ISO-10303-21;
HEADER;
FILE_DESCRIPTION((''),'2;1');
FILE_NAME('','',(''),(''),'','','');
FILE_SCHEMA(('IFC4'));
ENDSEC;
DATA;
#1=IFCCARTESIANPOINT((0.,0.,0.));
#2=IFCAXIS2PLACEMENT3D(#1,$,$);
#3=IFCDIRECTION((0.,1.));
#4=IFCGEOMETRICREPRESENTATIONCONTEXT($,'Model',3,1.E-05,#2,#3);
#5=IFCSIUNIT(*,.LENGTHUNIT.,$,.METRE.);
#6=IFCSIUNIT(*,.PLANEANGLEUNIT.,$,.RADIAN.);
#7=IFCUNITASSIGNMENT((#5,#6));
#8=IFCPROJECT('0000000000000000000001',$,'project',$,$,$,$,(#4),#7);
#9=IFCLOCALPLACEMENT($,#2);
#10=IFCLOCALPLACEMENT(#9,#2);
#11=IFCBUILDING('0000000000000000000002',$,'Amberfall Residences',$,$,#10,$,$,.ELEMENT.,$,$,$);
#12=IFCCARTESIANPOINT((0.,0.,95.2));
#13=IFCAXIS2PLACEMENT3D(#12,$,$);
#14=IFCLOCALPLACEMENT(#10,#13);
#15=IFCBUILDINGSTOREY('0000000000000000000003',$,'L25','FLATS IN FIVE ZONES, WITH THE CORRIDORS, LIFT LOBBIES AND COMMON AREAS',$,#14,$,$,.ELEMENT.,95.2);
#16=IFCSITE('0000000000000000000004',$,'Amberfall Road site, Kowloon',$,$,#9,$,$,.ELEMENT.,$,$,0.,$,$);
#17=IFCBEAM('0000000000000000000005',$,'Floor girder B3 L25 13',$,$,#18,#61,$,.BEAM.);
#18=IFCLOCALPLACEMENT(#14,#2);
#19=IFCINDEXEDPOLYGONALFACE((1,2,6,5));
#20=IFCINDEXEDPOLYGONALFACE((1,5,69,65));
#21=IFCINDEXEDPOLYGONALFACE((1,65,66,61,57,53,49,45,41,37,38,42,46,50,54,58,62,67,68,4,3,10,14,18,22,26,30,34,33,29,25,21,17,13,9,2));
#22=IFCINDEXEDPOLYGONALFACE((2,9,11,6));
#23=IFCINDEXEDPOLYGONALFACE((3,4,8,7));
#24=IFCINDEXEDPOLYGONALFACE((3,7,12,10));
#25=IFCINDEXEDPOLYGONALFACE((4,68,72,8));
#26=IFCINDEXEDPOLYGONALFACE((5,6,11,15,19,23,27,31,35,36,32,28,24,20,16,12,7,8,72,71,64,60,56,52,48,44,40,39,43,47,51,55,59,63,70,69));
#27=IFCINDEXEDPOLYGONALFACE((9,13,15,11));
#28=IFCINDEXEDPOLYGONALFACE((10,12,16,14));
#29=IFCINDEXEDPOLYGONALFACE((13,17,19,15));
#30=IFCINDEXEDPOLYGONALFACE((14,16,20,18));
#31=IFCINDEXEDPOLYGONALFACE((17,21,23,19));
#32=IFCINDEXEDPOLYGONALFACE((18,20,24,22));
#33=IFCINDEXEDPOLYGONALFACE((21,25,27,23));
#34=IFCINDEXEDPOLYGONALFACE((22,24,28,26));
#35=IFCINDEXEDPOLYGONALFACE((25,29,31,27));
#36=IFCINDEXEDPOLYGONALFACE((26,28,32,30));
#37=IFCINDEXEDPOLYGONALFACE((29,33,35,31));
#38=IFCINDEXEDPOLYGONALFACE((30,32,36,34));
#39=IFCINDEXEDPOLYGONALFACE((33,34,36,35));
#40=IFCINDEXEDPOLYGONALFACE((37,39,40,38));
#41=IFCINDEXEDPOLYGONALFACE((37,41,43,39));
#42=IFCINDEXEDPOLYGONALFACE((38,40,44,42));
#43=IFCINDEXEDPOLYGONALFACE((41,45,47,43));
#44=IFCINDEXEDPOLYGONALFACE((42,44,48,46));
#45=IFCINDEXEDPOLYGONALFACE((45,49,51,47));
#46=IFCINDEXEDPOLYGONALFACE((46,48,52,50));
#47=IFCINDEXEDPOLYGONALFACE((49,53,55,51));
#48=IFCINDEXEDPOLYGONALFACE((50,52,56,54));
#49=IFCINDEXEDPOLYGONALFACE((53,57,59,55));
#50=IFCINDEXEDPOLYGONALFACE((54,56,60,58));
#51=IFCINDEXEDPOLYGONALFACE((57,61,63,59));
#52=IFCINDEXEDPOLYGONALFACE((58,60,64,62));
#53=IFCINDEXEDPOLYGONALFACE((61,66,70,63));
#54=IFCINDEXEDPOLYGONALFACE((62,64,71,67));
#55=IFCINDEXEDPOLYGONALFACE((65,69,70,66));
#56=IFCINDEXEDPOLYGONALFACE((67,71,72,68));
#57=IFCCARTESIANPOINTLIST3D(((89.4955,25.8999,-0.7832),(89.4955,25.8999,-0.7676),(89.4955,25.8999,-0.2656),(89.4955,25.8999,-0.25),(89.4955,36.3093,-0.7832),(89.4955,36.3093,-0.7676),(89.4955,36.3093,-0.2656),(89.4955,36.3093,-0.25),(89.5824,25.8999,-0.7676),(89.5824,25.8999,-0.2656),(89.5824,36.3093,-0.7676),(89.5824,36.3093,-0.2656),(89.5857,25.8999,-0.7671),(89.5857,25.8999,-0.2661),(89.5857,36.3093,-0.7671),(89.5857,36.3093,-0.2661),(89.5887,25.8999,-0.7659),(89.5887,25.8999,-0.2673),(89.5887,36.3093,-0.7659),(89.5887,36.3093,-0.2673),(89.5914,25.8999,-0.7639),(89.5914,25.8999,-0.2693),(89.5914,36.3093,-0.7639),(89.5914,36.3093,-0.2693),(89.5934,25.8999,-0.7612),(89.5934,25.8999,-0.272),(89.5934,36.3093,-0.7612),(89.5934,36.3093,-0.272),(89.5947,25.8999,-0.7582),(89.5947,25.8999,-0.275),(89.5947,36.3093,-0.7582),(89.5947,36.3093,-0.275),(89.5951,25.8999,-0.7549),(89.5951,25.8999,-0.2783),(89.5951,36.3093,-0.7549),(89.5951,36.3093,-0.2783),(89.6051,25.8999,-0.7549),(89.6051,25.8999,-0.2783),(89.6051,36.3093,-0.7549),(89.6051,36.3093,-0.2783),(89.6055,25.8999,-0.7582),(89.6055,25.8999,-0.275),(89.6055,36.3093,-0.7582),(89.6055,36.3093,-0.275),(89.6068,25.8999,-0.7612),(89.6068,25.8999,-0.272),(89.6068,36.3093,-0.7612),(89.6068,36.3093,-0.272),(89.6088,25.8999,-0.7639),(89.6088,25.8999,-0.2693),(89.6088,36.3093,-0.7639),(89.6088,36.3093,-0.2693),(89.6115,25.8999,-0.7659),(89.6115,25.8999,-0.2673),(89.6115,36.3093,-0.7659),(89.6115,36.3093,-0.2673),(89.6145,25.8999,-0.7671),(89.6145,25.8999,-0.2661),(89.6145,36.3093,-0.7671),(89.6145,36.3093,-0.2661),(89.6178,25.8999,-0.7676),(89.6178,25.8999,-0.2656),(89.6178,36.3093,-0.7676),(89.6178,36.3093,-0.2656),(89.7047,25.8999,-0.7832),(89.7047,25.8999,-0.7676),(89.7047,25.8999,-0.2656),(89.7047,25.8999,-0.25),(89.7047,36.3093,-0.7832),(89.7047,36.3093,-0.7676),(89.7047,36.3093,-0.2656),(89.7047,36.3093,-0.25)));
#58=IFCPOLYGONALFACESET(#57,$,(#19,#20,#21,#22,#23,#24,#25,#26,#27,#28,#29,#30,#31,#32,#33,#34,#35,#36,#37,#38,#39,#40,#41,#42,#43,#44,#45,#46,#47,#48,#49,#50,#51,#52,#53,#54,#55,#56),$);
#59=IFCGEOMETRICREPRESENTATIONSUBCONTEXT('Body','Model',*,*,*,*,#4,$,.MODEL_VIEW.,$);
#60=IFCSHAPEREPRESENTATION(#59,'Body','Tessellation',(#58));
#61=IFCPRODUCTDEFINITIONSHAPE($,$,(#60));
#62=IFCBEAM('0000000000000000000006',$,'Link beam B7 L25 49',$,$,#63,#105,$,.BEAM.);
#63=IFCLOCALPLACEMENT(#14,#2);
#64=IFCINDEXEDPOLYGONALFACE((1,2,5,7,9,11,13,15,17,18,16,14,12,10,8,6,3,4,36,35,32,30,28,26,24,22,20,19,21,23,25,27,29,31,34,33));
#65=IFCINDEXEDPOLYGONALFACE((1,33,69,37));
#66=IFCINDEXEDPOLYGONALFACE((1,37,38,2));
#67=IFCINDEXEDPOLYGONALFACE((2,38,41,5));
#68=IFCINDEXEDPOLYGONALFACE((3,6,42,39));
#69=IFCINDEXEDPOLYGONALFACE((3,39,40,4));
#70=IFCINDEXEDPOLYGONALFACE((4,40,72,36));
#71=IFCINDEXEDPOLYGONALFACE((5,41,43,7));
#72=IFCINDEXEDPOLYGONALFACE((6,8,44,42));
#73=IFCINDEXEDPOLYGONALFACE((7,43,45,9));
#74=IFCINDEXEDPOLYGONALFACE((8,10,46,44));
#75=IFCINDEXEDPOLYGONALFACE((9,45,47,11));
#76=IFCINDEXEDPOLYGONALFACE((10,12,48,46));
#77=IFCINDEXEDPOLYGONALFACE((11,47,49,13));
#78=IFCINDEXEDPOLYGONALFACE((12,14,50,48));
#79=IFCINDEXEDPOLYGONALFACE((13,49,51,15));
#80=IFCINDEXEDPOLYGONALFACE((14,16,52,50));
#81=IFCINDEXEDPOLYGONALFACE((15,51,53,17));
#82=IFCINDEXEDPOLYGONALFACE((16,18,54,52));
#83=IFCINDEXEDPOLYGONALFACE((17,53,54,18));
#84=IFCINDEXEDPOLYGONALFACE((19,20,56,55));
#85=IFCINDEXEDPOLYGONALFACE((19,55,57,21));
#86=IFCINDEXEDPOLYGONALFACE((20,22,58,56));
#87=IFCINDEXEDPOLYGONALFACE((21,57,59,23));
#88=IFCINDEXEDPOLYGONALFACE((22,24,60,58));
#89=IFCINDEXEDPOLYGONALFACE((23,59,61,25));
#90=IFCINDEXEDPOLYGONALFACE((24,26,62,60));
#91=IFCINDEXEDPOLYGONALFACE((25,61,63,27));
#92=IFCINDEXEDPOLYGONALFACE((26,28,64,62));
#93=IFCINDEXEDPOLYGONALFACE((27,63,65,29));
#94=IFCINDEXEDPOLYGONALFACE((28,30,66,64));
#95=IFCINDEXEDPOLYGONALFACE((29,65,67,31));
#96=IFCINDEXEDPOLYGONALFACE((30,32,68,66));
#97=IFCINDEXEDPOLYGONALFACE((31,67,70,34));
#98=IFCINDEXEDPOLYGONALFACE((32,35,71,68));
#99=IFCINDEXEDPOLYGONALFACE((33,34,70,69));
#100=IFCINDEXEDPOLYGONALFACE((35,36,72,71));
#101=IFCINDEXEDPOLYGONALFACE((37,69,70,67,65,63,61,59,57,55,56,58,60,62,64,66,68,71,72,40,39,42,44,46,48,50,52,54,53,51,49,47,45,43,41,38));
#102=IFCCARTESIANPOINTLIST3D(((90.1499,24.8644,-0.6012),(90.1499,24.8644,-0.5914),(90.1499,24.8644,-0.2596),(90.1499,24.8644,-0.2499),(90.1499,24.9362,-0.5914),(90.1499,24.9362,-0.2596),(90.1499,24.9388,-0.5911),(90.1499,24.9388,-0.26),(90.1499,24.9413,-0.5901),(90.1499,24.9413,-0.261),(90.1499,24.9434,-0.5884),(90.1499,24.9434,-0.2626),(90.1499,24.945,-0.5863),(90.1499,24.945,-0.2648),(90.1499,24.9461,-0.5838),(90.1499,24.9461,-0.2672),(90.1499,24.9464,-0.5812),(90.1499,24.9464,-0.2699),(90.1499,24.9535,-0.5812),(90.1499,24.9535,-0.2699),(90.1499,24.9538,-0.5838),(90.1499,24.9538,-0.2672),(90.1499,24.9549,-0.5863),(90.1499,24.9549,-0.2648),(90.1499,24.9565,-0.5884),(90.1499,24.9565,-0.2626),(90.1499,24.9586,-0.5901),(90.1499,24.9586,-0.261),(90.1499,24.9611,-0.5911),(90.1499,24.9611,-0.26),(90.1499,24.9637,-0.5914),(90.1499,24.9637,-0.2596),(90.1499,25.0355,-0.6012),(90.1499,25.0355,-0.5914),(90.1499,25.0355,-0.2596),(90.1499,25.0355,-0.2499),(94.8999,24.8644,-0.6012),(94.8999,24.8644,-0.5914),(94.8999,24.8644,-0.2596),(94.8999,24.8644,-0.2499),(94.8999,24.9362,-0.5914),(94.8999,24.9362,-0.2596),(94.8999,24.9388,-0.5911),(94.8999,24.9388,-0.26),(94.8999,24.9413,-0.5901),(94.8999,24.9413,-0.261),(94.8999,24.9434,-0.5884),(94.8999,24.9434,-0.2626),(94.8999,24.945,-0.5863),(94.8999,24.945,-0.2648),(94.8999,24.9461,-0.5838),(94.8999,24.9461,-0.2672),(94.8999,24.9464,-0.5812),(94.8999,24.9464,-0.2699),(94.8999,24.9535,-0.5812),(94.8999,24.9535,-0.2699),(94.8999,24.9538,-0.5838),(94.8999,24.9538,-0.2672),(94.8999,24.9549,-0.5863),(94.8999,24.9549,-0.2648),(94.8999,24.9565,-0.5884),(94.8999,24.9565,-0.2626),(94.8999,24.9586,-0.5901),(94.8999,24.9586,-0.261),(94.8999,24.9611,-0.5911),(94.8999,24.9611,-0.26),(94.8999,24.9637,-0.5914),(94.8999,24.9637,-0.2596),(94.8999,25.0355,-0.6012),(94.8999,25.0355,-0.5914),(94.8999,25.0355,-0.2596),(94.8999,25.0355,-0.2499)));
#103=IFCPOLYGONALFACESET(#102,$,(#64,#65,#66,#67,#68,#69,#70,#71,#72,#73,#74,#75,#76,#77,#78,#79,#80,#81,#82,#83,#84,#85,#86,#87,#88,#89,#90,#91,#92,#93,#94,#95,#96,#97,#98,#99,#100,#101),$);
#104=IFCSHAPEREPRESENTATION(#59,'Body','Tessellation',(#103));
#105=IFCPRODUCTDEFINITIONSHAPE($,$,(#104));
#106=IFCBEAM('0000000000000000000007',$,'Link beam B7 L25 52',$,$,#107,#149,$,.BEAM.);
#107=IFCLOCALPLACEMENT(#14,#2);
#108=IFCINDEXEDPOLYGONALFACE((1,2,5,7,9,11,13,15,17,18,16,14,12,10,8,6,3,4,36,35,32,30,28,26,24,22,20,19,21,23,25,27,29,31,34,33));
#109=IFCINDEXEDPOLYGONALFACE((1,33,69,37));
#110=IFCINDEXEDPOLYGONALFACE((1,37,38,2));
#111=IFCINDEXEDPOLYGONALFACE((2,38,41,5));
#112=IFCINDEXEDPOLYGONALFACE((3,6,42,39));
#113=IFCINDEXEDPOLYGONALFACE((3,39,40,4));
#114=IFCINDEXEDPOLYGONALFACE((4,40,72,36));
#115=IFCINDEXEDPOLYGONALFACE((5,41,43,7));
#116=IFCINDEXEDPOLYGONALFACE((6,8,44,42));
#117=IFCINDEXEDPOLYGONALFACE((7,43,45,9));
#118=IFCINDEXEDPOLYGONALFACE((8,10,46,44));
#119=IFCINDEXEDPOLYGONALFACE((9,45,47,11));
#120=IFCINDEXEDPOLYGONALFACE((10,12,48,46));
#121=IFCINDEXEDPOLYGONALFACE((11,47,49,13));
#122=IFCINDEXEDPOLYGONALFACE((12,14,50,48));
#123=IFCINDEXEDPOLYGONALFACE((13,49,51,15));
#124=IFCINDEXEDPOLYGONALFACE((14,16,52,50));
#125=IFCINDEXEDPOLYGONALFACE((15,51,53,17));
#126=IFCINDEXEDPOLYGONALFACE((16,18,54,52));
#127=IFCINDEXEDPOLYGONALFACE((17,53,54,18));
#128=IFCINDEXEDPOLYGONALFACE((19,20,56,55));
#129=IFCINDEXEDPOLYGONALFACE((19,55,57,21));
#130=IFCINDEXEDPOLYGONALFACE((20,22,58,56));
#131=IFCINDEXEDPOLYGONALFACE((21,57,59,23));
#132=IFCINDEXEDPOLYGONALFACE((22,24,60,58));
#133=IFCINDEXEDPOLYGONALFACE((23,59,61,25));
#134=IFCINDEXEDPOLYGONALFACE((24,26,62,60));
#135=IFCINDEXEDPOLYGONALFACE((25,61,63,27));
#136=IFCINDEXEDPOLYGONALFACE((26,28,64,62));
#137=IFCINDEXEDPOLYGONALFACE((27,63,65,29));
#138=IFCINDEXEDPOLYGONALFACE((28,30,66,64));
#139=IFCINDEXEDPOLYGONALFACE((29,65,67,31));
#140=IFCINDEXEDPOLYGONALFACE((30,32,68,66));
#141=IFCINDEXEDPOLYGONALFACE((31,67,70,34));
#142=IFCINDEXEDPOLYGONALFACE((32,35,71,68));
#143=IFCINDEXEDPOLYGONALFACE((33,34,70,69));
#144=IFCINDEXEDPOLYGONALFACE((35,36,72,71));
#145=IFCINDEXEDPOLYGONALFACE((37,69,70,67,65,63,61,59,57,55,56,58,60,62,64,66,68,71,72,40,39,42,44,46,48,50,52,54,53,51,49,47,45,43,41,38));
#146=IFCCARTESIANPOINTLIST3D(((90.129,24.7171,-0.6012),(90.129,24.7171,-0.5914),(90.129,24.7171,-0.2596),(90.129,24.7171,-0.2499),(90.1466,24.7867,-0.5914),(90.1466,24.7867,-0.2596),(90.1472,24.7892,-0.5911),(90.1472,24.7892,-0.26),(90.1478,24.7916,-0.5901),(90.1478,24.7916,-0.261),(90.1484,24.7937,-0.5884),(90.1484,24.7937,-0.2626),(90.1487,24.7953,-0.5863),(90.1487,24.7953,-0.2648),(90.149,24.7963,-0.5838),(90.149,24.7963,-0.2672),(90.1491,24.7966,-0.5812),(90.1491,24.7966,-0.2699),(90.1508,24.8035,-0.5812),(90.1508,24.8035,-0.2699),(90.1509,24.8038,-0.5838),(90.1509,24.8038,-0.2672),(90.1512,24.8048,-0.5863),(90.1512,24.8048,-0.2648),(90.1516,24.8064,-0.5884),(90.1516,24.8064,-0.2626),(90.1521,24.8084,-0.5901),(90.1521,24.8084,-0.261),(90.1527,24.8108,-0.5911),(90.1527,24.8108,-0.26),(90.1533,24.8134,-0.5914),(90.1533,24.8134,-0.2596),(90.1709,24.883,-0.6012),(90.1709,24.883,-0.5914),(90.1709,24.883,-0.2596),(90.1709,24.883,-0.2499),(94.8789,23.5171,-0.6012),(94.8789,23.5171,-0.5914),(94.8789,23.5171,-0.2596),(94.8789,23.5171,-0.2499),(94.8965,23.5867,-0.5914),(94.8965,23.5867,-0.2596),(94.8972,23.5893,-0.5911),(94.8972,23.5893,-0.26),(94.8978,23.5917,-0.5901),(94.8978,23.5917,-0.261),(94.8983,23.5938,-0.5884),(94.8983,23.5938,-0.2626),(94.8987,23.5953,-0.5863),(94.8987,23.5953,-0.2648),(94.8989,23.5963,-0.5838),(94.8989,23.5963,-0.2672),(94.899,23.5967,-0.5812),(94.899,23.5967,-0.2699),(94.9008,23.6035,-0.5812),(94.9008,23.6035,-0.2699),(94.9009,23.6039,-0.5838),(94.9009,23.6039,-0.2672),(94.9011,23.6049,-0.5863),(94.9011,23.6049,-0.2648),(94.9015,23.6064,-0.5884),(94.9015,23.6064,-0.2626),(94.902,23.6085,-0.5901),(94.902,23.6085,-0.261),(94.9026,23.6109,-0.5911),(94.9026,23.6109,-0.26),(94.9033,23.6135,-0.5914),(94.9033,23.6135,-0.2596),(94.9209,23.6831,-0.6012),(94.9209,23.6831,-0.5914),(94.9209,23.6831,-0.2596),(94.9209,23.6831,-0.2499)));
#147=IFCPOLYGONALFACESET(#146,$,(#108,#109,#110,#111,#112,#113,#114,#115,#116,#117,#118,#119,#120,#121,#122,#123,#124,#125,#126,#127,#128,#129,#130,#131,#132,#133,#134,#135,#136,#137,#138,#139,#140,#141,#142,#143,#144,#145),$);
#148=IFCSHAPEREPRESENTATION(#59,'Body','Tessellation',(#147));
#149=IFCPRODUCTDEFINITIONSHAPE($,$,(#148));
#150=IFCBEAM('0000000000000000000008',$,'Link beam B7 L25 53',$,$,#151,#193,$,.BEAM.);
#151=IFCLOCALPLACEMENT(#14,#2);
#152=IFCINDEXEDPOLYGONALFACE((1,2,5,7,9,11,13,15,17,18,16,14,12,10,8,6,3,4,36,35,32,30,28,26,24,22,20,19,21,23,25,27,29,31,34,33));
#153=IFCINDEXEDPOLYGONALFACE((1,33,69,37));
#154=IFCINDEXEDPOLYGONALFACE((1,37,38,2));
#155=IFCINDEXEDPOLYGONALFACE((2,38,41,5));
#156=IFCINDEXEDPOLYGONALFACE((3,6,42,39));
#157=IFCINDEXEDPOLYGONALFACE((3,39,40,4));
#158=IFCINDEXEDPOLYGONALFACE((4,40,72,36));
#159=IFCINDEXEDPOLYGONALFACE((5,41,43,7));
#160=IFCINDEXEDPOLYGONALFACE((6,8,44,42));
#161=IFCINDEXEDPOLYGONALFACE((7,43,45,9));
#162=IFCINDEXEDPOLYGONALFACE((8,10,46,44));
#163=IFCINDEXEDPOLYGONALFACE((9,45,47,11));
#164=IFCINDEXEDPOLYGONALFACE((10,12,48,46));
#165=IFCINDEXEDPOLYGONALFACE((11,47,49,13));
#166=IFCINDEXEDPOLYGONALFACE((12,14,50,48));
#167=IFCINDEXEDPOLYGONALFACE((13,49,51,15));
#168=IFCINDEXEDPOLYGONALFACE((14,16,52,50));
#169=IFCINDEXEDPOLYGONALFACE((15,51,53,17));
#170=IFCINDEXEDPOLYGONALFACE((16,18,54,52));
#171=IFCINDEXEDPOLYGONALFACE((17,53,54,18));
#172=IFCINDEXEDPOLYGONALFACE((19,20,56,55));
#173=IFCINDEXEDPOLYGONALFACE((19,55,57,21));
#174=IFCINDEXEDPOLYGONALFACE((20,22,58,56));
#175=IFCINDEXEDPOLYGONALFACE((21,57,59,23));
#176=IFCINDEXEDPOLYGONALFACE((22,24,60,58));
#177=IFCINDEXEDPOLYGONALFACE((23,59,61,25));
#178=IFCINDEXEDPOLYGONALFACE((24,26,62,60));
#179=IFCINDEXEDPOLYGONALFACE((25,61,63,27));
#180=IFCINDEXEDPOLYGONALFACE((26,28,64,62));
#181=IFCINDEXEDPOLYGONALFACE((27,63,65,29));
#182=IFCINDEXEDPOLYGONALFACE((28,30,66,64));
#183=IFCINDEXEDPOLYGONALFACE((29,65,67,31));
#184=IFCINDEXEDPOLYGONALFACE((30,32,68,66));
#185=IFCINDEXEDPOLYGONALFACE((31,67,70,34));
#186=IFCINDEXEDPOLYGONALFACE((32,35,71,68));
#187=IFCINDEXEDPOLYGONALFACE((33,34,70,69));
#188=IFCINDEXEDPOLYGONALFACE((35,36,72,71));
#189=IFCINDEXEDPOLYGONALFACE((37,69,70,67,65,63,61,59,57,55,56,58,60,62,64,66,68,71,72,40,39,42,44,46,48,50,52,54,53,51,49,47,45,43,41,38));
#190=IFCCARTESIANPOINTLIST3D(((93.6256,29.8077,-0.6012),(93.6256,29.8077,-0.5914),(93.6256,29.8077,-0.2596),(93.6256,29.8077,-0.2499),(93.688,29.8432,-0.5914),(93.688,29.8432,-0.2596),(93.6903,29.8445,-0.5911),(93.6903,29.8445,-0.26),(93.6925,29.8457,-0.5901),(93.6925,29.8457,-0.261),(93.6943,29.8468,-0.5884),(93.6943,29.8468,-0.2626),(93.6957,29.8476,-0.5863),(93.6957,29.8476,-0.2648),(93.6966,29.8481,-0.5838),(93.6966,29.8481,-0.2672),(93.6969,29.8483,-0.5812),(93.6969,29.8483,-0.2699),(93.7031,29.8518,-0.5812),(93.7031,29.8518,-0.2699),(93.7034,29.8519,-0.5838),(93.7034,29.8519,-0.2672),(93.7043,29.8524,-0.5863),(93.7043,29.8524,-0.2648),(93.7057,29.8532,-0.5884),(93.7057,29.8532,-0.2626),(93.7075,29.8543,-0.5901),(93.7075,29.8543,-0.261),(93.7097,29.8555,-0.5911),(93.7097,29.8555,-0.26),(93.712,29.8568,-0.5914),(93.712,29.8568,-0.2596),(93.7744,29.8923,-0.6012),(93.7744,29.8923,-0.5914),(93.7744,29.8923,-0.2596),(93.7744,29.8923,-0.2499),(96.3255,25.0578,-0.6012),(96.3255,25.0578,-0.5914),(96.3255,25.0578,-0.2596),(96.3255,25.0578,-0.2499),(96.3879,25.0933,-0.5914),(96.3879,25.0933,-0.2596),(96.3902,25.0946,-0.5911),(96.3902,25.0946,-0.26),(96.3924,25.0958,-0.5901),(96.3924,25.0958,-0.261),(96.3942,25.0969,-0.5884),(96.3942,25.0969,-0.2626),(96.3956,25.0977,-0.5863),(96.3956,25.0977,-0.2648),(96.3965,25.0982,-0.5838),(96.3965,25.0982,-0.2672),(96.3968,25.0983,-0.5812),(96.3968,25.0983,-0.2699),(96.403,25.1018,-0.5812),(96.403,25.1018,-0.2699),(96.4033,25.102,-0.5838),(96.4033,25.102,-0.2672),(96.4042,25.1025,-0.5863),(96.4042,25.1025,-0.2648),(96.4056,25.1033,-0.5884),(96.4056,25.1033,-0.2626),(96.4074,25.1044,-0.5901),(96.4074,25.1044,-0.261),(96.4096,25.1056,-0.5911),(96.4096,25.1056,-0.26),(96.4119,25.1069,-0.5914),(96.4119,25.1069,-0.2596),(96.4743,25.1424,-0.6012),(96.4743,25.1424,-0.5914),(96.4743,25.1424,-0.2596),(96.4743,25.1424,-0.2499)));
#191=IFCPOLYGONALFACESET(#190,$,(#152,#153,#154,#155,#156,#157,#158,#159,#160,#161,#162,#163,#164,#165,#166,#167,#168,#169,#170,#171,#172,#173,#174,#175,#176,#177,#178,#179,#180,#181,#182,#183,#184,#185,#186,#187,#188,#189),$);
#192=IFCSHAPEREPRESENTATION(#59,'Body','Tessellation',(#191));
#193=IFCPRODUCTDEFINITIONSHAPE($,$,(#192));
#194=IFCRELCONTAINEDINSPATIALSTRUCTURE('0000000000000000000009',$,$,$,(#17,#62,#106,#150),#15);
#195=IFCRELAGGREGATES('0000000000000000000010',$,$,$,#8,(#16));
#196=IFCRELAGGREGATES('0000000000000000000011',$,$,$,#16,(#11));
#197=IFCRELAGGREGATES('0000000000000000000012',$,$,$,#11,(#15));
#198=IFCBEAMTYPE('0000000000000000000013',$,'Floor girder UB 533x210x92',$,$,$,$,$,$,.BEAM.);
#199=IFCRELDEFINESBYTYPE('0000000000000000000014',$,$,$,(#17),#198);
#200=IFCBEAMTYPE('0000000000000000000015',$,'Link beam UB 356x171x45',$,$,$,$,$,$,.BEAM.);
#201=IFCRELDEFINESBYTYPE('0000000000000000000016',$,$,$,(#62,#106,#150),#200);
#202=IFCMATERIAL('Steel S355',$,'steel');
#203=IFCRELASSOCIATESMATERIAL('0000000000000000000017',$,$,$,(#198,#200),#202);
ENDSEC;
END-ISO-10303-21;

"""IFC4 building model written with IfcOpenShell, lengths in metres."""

from ifc_helpers import new_model, si_unit, direction, frame, origin, origin_2d, place, context, subcontext, project, spatial, i_section, extrude, material, material_profile, profile_set, type_object, element, save


model = new_model("IFC4")

# Units and contexts
model_context = context("Model", 3, precision=1e-05, world=origin(), true_north=direction((0.0, 1.0)))
body_context = subcontext(model_context, "Body", "Model", "MODEL_VIEW")
ifc_project = project(units=[si_unit("LENGTHUNIT", "METRE"), si_unit("PLANEANGLEUNIT", "RADIAN")], contexts=[model_context])

# Site, building, storey
site_placement = place(None, origin())
site = spatial("IfcSite", under=ifc_project, at=site_placement, Name="Amberfall Road site, Kowloon", CompositionType="ELEMENT", RefElevation=0.0)
building_placement = place(site_placement, origin())
building = spatial("IfcBuilding", under=site, at=building_placement, Name="Amberfall Residences", CompositionType="ELEMENT")
storey_placement = place(building_placement, frame((0.0, 0.0, 95.2)))
storey = spatial("IfcBuildingStorey", under=building, at=storey_placement, Name="L25", Description="FLATS IN FIVE ZONES, WITH THE CORRIDORS, LIFT LOBBIES AND COMMON AREAS", CompositionType="ELEMENT", Elevation=95.2)

# Beams
ifc_material_1 = material(Name="Steel S355", Category="steel")
ifc_material_profile_1 = material_profile(ifc_material_1, i_section(OverallWidth=0.2092, OverallDepth=0.5332, WebThickness=0.01, FlangeThickness=0.0156, FilletRadius=0.0127, at=origin_2d()), Name="UB 533x210x92")
ifc_profile_set_1 = profile_set([ifc_material_profile_1], Name="Steel S355")
beam_type_1 = type_object("IfcBeamType", Name="Floor girder UB 533x210x92", PredefinedType="BEAM", material=ifc_profile_set_1)
beam_1_placement = place(storey_placement, frame((89.6001, 25.8999, -0.5166), z_axis=(0.0, 1.0, 0.0), x_axis=(-1.0, 0.0, 0.0)))
element("IfcBeam", 1, at=beam_1_placement, inside=storey, type_object=beam_type_1, Name="Floor girder B3 L25 13", PredefinedType="BEAM", context=body_context, shape_type="SweptSolid", body=[
    extrude(i_section(OverallWidth=0.2092, OverallDepth=0.5332, WebThickness=0.01, FlangeThickness=0.0156, FilletRadius=0.0127, at=origin_2d()), origin(), (0.0, 0.0, 1.0), 10.4094),
])
ifc_material_profile_2 = material_profile(ifc_material_1, i_section(OverallWidth=0.1711, OverallDepth=0.3513, WebThickness=0.0071, FlangeThickness=0.0098, FilletRadius=0.0103, at=origin_2d()), Name="UB 356x171x45")
ifc_profile_set_2 = profile_set([ifc_material_profile_2], Name="Steel S355")
beam_type_2 = type_object("IfcBeamType", Name="Link beam UB 356x171x45", PredefinedType="BEAM", material=ifc_profile_set_2)
beam_2_placement = place(storey_placement, frame((90.1499, 24.95, -0.4255), z_axis=(1.0, 0.0, 0.0), x_axis=(0.0, 1.0, 0.0)))
element("IfcBeam", 2, at=beam_2_placement, inside=storey, type_object=beam_type_2, Name="Link beam B7 L25 49", PredefinedType="BEAM", context=body_context, shape_type="SweptSolid", body=[
    extrude(i_section(OverallWidth=0.1711, OverallDepth=0.3513, WebThickness=0.0071, FlangeThickness=0.0098, FilletRadius=0.0103, at=origin_2d()), origin(), (0.0, 0.0, 1.0), 4.75),
])
beam_3_placement = place(storey_placement, frame((94.8999, 23.6001, -0.4255), z_axis=(-0.969542, 0.244927, 0.0), x_axis=(-0.244927, -0.969542, 0.0)))
element("IfcBeam", 3, at=beam_3_placement, inside=storey, type_object=beam_type_2, Name="Link beam B7 L25 52", PredefinedType="BEAM", context=body_context, shape_type="SweptSolid", body=[
    extrude(i_section(OverallWidth=0.1711, OverallDepth=0.3513, WebThickness=0.0071, FlangeThickness=0.0098, FilletRadius=0.0103, at=origin_2d()), origin(), (0.0, 0.0, 1.0), 4.8992),
])
beam_4_placement = place(storey_placement, frame((96.3999, 25.1001, -0.4255), z_axis=(-0.49416, 0.869371, 0.0), x_axis=(-0.869371, -0.49416, 0.0)))
element("IfcBeam", 4, at=beam_4_placement, inside=storey, type_object=beam_type_2, Name="Link beam B7 L25 53", PredefinedType="BEAM", context=body_context, shape_type="SweptSolid", body=[
    extrude(i_section(OverallWidth=0.1711, OverallDepth=0.3513, WebThickness=0.0071, FlangeThickness=0.0098, FilletRadius=0.0103, at=origin_2d()), origin(), (0.0, 0.0, 1.0), 5.4636),
])

save(model, "model.ifc")
